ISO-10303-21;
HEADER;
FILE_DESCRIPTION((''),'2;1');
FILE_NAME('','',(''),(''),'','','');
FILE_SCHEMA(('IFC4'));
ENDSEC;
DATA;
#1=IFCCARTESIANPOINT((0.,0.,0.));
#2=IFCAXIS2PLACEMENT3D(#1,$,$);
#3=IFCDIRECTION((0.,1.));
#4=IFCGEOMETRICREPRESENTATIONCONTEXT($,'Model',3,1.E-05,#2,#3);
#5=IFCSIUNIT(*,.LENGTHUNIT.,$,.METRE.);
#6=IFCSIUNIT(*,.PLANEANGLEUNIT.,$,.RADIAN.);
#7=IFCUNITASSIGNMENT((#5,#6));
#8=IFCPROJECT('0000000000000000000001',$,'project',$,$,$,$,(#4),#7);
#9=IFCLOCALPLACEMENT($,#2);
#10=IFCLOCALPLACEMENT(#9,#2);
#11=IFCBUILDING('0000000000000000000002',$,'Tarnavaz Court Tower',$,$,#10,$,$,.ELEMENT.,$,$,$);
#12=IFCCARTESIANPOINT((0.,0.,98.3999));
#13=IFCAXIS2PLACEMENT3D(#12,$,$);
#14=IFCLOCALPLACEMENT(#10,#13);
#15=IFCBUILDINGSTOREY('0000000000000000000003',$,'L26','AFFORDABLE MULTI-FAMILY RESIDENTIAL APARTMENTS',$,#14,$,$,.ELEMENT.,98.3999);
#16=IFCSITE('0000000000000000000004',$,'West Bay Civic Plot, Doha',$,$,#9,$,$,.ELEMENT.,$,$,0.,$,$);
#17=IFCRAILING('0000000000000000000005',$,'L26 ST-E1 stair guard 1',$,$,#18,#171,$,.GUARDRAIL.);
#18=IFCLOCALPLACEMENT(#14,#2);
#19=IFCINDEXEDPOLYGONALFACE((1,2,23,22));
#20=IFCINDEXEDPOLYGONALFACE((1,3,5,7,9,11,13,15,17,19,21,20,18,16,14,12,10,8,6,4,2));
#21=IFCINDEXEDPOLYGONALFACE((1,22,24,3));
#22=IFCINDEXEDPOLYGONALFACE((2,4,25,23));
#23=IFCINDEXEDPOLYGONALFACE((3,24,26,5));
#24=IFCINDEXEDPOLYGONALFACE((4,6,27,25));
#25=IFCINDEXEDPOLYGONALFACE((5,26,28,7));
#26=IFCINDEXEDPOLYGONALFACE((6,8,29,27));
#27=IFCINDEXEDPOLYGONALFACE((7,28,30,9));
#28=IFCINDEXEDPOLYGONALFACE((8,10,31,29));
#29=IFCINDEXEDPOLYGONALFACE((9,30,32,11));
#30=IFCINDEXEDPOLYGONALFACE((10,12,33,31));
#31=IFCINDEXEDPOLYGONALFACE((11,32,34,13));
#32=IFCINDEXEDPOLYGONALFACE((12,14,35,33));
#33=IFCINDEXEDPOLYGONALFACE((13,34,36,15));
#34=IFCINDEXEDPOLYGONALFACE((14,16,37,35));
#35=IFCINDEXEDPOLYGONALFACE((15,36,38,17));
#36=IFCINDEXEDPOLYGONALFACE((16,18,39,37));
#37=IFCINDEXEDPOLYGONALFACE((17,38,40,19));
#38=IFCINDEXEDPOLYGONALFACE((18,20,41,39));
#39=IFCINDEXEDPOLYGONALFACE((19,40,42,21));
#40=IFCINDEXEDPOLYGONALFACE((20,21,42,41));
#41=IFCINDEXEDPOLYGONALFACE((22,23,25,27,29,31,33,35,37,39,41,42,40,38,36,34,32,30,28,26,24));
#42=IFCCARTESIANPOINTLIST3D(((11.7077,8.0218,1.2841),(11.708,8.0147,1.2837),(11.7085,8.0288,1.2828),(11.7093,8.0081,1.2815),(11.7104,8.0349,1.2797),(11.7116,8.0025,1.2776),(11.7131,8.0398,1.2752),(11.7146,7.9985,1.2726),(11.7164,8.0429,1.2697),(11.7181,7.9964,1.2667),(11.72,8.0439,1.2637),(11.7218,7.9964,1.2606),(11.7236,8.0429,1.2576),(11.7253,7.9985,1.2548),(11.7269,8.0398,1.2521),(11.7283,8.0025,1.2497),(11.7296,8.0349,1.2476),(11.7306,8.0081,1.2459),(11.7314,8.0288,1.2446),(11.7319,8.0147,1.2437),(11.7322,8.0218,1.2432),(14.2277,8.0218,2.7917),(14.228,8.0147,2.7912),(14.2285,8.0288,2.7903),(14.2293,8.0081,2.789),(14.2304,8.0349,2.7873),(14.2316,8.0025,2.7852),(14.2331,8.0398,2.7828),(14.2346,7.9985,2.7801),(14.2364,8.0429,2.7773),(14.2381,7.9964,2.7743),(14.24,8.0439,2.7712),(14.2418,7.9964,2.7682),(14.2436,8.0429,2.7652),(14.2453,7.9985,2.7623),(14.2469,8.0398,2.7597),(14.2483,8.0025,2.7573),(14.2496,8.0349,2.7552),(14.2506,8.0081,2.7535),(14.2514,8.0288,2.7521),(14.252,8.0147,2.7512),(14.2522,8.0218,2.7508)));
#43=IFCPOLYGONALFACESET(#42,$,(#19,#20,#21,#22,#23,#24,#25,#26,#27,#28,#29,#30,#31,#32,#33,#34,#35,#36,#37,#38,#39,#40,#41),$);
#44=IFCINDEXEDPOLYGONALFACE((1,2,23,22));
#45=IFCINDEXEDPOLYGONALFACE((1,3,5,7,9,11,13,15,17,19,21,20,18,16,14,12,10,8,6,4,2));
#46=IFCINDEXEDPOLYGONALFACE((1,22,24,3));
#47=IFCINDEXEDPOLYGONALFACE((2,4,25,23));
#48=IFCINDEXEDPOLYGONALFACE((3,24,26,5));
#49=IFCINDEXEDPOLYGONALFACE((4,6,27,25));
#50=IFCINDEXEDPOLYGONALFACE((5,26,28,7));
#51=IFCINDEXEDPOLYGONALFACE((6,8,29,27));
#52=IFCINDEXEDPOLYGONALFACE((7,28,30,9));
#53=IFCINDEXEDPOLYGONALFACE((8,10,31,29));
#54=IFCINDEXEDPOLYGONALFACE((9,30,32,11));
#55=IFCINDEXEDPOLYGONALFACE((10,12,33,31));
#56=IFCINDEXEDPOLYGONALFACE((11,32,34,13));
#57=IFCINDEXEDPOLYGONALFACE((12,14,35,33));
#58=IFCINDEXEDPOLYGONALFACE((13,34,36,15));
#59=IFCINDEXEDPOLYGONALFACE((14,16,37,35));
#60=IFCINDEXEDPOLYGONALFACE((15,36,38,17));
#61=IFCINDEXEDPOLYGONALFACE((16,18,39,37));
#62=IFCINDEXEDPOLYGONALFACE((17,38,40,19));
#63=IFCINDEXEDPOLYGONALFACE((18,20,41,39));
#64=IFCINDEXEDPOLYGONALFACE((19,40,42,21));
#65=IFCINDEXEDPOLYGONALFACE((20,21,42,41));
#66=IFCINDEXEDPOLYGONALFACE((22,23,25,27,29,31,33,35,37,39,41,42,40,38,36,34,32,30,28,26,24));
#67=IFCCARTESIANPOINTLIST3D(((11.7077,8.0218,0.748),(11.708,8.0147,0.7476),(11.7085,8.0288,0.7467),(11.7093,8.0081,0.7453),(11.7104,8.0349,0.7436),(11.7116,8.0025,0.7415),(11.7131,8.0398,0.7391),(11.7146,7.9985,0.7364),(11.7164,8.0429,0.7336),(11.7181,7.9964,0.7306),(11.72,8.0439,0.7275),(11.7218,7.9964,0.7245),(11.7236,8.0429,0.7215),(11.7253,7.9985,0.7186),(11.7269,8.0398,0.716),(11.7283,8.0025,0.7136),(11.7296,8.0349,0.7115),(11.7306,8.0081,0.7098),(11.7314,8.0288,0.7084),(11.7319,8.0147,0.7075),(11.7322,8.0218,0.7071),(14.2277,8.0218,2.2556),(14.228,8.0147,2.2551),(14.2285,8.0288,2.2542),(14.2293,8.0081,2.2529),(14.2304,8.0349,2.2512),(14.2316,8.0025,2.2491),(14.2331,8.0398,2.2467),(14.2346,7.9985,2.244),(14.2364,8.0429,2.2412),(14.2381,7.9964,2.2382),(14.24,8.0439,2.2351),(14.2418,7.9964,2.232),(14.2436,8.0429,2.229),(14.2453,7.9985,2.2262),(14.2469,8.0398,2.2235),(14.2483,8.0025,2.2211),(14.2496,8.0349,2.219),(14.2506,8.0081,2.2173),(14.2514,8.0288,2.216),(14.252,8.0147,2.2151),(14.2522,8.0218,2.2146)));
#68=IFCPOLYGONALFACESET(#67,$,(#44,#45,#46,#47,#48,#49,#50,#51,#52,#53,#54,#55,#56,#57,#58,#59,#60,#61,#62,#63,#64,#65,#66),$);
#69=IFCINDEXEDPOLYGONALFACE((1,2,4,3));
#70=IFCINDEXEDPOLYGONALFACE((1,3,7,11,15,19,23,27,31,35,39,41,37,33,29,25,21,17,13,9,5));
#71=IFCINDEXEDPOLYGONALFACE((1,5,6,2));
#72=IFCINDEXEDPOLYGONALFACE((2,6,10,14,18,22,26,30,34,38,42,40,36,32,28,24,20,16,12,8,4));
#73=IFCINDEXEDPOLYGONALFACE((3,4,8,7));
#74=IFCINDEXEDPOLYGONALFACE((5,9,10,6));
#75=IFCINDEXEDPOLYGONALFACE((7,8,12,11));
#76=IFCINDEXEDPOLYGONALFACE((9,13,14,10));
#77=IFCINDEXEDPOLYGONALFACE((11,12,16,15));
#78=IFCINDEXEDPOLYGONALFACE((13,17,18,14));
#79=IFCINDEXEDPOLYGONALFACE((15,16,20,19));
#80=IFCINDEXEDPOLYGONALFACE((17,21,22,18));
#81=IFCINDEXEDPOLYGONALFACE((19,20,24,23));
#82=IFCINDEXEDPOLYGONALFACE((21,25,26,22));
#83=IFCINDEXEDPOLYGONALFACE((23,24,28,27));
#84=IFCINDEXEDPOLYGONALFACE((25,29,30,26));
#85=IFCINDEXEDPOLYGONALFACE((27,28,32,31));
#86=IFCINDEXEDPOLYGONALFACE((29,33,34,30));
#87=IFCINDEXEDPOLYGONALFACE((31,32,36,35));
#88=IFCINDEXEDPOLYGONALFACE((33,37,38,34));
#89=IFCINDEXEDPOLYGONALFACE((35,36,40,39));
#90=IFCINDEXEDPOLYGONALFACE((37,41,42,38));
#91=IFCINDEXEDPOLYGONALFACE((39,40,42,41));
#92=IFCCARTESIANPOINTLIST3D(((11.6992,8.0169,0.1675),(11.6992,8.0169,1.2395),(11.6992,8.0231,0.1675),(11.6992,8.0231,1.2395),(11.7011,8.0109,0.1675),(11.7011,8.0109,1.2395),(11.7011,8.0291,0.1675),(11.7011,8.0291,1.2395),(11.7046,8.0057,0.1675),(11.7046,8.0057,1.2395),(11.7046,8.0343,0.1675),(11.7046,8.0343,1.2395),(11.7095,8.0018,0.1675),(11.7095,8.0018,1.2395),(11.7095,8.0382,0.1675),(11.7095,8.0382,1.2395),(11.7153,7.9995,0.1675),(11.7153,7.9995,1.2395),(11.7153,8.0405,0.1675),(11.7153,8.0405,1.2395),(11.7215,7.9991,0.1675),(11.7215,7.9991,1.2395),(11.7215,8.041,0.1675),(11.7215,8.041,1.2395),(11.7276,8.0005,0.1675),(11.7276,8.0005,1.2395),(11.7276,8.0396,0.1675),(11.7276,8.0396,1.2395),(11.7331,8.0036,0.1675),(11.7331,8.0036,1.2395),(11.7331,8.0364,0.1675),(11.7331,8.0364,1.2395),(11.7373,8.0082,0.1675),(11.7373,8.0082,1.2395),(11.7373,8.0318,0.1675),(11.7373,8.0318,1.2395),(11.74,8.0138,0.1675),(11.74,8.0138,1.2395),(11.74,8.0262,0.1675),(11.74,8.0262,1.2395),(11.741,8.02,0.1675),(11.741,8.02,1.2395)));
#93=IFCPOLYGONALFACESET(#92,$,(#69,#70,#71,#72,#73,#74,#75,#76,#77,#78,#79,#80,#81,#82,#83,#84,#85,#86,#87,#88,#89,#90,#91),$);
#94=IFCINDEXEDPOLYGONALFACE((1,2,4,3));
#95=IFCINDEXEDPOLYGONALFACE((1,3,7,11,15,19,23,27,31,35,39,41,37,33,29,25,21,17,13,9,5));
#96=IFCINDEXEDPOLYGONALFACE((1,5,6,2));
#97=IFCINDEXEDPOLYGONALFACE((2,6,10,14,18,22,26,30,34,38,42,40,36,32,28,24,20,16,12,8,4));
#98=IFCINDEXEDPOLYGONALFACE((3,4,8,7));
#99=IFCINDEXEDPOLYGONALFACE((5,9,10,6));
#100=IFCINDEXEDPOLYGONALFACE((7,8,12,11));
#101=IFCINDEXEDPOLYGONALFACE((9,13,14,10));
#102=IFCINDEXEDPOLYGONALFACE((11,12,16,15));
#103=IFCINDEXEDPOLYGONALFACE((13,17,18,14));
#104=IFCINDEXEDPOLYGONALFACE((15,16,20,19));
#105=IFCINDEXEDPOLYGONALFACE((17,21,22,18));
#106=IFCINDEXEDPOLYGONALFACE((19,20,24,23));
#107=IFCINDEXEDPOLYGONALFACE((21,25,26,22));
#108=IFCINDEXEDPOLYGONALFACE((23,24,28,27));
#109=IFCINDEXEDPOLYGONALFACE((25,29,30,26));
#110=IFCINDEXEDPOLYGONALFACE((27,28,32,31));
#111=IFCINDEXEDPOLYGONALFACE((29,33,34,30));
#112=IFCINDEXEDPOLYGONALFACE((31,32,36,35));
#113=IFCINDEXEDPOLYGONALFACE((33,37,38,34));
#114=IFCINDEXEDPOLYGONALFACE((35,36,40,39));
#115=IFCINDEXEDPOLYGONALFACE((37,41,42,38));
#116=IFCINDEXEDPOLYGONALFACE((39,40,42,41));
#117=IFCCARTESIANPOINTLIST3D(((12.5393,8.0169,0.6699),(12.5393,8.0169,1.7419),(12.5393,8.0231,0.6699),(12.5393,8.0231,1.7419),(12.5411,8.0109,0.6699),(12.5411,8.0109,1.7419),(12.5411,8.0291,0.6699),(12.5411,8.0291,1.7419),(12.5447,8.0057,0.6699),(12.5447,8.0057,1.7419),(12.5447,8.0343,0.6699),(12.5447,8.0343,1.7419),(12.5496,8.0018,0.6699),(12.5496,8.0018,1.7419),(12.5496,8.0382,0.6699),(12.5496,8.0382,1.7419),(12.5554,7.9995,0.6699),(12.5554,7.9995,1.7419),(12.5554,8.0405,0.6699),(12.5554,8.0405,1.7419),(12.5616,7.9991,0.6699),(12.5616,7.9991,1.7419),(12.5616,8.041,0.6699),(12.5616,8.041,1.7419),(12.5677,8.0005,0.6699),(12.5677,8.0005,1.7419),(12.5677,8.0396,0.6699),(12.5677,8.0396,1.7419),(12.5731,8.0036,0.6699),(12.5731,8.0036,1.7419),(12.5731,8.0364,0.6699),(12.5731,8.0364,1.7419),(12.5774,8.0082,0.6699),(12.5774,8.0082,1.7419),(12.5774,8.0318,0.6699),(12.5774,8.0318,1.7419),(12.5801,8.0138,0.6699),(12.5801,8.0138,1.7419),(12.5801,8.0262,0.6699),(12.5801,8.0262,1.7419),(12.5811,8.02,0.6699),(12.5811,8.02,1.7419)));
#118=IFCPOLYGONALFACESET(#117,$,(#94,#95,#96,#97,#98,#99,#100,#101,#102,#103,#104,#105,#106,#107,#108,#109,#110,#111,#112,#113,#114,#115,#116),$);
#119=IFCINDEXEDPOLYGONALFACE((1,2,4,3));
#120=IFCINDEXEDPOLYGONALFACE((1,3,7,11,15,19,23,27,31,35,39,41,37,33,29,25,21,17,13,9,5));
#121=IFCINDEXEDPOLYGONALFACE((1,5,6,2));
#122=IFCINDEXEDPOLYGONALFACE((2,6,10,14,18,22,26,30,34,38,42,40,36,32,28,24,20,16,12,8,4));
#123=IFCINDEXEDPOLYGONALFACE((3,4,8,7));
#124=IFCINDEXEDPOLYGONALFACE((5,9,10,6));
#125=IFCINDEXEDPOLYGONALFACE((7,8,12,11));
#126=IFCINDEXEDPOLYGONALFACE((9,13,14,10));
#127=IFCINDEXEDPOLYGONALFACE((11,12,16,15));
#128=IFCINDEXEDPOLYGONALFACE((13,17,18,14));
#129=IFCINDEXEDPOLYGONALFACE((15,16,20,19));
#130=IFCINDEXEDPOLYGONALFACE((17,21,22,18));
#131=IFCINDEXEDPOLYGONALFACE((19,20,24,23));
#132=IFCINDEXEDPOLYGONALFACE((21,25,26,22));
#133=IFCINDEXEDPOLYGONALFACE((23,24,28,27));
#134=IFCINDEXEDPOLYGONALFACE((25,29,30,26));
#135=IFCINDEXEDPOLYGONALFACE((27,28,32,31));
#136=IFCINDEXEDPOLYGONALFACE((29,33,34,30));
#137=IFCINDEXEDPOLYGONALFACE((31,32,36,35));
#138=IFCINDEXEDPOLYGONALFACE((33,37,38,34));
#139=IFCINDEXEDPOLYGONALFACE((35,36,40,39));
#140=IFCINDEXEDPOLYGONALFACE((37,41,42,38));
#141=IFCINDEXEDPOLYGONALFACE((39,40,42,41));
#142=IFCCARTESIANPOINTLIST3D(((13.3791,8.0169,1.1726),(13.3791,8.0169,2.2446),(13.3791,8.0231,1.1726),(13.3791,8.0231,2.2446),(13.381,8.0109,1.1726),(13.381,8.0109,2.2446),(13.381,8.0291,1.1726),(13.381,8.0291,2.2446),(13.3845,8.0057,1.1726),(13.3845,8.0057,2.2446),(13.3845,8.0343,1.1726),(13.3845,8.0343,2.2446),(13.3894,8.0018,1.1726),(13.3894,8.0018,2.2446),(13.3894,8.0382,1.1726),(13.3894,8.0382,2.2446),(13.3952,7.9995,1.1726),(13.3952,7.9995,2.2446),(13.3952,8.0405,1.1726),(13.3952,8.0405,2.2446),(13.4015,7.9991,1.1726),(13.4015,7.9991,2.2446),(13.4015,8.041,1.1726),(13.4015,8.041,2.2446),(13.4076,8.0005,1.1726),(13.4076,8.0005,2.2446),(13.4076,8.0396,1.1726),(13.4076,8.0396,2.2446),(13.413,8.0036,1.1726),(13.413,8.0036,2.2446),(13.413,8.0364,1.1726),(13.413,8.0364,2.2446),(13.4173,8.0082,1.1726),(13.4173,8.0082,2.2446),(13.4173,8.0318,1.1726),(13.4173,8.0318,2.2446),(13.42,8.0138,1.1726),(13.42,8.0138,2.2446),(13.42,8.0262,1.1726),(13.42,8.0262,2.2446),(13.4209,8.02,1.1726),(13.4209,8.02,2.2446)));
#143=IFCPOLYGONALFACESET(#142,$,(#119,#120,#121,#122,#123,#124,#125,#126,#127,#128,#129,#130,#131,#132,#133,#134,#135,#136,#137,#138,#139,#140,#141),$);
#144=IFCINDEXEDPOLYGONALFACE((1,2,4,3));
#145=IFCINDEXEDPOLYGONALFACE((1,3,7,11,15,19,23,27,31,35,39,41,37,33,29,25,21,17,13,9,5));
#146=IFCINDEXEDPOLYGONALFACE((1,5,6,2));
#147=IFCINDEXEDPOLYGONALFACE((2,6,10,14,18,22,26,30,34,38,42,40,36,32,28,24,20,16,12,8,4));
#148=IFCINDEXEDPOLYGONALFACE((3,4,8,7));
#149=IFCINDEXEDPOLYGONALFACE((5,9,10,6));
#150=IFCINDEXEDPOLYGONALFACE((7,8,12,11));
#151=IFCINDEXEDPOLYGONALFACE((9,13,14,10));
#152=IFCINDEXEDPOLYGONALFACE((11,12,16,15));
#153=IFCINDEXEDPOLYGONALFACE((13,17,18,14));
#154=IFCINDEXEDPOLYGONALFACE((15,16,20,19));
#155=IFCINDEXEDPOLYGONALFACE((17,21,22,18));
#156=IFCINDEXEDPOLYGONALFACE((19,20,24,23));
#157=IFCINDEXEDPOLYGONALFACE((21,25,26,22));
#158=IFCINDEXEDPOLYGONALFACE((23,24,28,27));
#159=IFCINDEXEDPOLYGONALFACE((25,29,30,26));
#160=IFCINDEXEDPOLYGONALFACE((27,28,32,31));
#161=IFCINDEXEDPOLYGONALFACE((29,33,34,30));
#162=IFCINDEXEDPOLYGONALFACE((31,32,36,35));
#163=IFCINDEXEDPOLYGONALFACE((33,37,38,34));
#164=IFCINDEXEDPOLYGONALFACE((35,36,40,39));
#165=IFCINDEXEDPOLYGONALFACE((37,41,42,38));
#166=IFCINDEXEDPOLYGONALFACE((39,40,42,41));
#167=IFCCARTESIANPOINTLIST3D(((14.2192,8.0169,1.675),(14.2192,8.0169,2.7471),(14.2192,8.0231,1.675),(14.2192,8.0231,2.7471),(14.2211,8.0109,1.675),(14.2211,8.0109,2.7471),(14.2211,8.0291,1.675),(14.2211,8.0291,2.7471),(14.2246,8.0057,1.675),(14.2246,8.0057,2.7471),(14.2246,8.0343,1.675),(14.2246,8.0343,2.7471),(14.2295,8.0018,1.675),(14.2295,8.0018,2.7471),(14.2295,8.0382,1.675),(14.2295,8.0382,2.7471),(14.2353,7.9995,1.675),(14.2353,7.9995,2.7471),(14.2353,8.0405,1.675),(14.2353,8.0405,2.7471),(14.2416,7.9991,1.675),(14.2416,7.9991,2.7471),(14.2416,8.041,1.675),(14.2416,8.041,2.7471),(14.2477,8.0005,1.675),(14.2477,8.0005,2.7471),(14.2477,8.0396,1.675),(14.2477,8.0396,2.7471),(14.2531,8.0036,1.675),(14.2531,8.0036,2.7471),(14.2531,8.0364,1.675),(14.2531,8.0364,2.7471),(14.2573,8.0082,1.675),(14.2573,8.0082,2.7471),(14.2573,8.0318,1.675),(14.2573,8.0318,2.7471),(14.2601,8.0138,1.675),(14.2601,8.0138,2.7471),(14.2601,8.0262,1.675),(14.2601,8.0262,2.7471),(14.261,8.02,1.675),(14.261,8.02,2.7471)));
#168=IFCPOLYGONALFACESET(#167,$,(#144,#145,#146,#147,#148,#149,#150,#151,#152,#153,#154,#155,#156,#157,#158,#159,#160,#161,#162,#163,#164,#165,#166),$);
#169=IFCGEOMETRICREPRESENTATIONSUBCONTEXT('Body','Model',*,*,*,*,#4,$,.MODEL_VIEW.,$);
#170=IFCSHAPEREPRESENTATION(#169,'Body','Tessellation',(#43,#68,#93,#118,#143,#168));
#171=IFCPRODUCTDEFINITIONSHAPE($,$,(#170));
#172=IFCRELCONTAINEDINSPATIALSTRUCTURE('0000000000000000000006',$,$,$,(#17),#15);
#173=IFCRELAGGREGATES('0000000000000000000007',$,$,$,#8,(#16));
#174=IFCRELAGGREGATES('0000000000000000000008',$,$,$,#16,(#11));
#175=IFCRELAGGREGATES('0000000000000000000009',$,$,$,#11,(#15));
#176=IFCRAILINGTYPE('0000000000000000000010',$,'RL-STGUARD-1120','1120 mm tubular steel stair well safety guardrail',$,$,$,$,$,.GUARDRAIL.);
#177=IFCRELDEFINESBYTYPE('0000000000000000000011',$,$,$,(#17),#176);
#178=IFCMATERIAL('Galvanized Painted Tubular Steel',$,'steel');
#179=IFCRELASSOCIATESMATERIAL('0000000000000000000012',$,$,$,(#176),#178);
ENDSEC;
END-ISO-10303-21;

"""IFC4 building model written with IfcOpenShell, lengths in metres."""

from ifc_helpers import new_model, si_unit, direction, frame, origin, origin_2d, place, context, subcontext, project, spatial, circle, extrude, material, type_object, element, save


model = new_model("IFC4")

# Units and contexts
model_context = context("Model", 3, precision=1e-05, world=origin(), true_north=direction((0.0, 1.0)))
body_context = subcontext(model_context, "Body", "Model", "MODEL_VIEW")
ifc_project = project(units=[si_unit("LENGTHUNIT", "METRE"), si_unit("PLANEANGLEUNIT", "RADIAN")], contexts=[model_context])

# Site, building, storey
site_placement = place(None, origin())
site = spatial("IfcSite", under=ifc_project, at=site_placement, Name="West Bay Civic Plot, Doha", CompositionType="ELEMENT", RefElevation=0.0)
building_placement = place(site_placement, origin())
building = spatial("IfcBuilding", under=site, at=building_placement, Name="Tarnavaz Court Tower", CompositionType="ELEMENT")
storey_placement = place(building_placement, frame((0.0, 0.0, 98.3999)))
storey = spatial("IfcBuildingStorey", under=building, at=storey_placement, Name="L26", Description="AFFORDABLE MULTI-FAMILY RESIDENTIAL APARTMENTS", CompositionType="ELEMENT", Elevation=98.3999)

# Railing
ifc_material_1 = material(Name="Galvanized Painted Tubular Steel", Category="steel")
railing_type_1 = type_object("IfcRailingType", Name="RL-STGUARD-1120", Description="1120 mm tubular steel stair well safety guardrail", PredefinedType="GUARDRAIL", material=ifc_material_1)
railing_1_placement = place(storey_placement, frame((11.72, 8.02, 0.1675)))
element("IfcRailing", 1, at=railing_1_placement, inside=storey, type_object=railing_type_1, Name="L26 ST-E1 stair guard 1", PredefinedType="GUARDRAIL", context=body_context, shape_type="SweptSolid", body=[
    extrude(circle(Radius=0.0239, at=origin_2d()), frame((0.0, 0.0, 1.0962), z_axis=(0.85816, 0.0, 0.513383), x_axis=(0.0, 1.0, 0.0)), (0.0, 0.0, 1.0), 2.9365),
    extrude(circle(Radius=0.0239, at=origin_2d()), frame((0.0, 0.0, 0.5601), z_axis=(0.85816, 0.0, 0.513383), x_axis=(0.0, 1.0, 0.0)), (0.0, 0.0, 1.0), 2.9365),
    extrude(circle(Radius=0.021, at=origin_2d()), origin(), (0.0, 0.0, 1.0), 1.072),
    extrude(circle(Radius=0.021, at=origin_2d()), frame((0.8401, 0.0, 0.5024)), (0.0, 0.0, 1.0), 1.072),
    extrude(circle(Radius=0.021, at=origin_2d()), frame((1.6799, 0.0, 1.0051)), (0.0, 0.0, 1.0), 1.072),
    extrude(circle(Radius=0.021, at=origin_2d()), frame((2.52, 0.0, 1.5076)), (0.0, 0.0, 1.0), 1.072),
])

save(model, "model.ifc")
